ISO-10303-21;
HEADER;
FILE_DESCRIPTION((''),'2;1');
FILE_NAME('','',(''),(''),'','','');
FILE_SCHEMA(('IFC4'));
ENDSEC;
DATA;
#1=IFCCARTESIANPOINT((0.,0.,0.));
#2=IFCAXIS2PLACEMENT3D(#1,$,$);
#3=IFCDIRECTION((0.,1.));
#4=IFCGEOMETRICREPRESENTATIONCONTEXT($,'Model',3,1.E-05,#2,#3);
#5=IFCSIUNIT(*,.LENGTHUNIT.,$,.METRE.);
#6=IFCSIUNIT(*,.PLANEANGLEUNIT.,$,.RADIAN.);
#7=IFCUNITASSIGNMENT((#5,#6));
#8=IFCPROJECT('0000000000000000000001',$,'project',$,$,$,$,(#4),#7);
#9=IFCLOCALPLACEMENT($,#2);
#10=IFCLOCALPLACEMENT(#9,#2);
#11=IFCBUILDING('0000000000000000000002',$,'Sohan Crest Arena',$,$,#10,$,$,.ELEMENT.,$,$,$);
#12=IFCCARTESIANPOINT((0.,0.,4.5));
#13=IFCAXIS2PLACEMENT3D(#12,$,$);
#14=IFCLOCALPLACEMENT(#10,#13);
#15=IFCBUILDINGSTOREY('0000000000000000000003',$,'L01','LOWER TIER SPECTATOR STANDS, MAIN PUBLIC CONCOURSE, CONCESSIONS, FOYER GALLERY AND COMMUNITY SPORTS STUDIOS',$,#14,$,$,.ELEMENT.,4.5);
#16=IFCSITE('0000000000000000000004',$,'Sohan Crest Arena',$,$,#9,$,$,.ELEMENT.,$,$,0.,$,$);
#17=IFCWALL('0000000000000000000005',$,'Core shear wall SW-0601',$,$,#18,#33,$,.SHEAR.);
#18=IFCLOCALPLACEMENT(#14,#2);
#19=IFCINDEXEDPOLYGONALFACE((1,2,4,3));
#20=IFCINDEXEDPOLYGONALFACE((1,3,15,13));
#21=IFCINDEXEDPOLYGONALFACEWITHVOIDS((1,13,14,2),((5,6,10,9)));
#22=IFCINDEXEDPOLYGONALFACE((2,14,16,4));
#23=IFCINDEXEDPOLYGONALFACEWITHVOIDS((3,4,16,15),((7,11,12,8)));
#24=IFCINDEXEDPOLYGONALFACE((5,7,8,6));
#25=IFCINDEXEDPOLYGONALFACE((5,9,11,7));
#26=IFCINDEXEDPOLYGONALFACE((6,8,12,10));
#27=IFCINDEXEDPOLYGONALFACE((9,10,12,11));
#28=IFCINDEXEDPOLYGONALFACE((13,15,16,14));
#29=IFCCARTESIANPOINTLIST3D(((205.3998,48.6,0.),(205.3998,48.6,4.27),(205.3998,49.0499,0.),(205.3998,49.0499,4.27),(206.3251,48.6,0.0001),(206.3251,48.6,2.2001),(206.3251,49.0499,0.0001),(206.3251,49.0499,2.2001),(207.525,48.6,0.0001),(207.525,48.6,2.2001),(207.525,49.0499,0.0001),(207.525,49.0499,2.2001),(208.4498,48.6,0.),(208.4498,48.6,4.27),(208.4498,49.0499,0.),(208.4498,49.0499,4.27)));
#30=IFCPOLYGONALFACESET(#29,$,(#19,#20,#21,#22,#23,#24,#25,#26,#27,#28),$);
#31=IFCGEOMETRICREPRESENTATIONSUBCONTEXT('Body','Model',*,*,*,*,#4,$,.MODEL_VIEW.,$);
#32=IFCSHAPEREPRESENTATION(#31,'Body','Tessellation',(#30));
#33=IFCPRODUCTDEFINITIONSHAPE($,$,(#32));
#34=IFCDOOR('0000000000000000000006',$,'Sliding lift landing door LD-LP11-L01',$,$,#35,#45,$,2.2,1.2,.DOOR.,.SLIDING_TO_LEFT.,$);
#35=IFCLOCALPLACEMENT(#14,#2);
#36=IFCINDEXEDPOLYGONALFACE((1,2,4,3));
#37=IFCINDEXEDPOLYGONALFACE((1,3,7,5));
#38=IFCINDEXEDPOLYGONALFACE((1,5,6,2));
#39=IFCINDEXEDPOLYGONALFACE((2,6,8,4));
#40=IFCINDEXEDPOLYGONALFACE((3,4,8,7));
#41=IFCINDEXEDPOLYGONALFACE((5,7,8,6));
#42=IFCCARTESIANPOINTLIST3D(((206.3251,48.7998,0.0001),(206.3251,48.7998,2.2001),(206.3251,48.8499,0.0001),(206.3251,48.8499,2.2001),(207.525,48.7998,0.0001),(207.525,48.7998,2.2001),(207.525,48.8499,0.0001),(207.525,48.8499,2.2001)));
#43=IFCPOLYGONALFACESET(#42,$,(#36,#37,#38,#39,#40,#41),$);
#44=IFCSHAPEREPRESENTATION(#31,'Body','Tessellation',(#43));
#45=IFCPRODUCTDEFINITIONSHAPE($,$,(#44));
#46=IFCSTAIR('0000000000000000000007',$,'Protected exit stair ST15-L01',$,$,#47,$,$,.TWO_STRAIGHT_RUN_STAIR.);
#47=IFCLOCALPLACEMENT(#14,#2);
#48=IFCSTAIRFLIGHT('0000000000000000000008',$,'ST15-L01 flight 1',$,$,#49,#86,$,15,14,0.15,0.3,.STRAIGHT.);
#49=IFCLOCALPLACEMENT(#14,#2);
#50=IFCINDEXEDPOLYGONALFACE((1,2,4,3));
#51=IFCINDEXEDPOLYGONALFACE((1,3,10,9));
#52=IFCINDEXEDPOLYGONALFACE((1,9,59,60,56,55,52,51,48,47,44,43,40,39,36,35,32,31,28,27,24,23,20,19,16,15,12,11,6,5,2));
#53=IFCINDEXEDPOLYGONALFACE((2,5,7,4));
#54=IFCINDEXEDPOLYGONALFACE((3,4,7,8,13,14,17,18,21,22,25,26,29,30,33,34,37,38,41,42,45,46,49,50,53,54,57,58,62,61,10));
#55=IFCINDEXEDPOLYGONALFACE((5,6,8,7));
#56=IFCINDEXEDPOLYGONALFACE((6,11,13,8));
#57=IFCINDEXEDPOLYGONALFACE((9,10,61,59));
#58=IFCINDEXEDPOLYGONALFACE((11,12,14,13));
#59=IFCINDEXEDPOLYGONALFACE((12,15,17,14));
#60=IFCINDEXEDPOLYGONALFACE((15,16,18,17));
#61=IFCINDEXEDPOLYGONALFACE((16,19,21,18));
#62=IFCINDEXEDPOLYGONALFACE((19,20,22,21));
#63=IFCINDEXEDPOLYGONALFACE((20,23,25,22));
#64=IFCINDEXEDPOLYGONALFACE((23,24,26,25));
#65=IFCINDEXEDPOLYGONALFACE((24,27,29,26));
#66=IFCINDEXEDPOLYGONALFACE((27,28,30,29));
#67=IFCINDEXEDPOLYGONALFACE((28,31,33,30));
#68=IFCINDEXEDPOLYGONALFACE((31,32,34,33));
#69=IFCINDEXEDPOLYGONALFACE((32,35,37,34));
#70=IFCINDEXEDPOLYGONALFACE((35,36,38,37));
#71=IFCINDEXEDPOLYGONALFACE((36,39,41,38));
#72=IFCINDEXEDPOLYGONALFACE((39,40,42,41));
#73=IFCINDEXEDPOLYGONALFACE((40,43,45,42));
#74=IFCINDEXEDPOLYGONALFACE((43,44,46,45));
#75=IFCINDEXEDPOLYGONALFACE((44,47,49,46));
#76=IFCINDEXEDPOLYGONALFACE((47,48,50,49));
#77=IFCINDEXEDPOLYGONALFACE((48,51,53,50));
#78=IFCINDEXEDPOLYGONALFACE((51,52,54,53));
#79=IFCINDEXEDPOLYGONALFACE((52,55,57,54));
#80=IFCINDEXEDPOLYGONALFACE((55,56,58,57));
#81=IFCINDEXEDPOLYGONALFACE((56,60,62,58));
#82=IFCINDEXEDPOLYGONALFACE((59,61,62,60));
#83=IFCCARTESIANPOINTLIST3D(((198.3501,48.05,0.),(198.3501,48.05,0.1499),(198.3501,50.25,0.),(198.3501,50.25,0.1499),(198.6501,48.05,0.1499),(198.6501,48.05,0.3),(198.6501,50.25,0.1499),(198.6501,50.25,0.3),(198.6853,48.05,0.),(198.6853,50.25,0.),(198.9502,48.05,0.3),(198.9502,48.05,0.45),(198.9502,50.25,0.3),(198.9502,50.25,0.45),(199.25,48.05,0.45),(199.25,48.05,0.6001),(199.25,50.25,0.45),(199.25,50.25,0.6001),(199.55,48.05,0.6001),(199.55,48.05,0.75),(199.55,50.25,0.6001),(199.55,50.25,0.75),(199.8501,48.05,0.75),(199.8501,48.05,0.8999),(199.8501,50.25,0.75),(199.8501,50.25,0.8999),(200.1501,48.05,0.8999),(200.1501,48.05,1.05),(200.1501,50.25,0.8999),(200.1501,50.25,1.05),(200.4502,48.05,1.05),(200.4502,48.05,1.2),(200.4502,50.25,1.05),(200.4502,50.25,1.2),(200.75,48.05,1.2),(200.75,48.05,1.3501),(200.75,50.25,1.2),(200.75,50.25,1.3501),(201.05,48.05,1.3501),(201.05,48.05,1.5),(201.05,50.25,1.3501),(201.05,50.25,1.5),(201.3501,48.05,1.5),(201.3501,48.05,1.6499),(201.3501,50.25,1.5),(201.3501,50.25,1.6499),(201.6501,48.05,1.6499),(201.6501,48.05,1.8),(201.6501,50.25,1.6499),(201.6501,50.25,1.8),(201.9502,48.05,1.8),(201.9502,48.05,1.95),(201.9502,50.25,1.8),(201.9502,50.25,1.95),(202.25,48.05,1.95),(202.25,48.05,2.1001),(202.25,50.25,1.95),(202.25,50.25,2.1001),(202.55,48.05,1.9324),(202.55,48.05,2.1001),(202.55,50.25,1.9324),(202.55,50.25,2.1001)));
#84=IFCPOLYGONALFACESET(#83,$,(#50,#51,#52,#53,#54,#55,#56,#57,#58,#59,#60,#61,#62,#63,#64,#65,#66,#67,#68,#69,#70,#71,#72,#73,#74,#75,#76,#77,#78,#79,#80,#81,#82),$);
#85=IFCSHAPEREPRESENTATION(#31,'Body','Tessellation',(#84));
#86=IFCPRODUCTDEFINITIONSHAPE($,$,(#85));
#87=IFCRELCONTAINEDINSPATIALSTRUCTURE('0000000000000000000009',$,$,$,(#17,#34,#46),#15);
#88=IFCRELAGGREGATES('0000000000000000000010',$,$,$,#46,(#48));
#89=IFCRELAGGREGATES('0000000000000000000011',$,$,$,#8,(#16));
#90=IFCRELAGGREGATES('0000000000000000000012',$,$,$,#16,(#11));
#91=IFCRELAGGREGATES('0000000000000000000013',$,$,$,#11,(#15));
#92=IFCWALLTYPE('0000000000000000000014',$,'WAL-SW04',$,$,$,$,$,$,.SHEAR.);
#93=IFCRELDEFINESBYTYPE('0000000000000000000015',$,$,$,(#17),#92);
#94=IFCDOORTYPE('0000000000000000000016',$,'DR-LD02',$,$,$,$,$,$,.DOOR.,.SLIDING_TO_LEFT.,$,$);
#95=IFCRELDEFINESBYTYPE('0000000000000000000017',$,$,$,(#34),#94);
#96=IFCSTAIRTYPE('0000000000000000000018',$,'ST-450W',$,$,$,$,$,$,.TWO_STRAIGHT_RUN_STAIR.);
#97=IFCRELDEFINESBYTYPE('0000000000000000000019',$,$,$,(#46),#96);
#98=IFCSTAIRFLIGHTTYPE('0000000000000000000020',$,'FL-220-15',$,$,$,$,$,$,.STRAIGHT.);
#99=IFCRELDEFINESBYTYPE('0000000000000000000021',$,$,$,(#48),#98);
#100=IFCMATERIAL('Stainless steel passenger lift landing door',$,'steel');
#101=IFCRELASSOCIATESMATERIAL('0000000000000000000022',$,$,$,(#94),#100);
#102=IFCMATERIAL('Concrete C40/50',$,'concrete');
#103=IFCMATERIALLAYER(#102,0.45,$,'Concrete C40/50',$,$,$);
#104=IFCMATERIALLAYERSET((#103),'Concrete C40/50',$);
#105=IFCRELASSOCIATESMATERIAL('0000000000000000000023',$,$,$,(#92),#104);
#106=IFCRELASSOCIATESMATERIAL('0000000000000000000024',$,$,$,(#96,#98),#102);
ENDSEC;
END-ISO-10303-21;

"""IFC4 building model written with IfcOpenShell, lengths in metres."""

from ifc_helpers import new_model, si_unit, direction, frame, frame_2d, origin, place, context, subcontext, project, spatial, polyline, rectangle, outline, extrude, material, layer, layer_set, type_object, element, fill, aggregate, save


model = new_model("IFC4")

# Units and contexts
model_context = context("Model", 3, precision=1e-05, world=origin(), true_north=direction((0.0, 1.0)))
body_context = subcontext(model_context, "Body", "Model", "MODEL_VIEW")
ifc_project = project(units=[si_unit("LENGTHUNIT", "METRE"), si_unit("PLANEANGLEUNIT", "RADIAN")], contexts=[model_context])

# Site, building, storey
site_placement = place(None, origin())
site = spatial("IfcSite", under=ifc_project, at=site_placement, Name="Sohan Crest Arena", CompositionType="ELEMENT", RefElevation=0.0)
building_placement = place(site_placement, origin())
building = spatial("IfcBuilding", under=site, at=building_placement, Name="Sohan Crest Arena", CompositionType="ELEMENT")
storey_placement = place(building_placement, frame((0.0, 0.0, 4.5)))
storey = spatial("IfcBuildingStorey", under=building, at=storey_placement, Name="L01", Description="LOWER TIER SPECTATOR STANDS, MAIN PUBLIC CONCOURSE, CONCESSIONS, FOYER GALLERY AND COMMUNITY SPORTS STUDIOS", CompositionType="ELEMENT", Elevation=4.5)

# Shared definitions
ifc_material_1 = material(Name="Concrete C40/50", Category="concrete")

# Shared definitions
ifc_material_2 = material(Name="Stainless steel passenger lift landing door", Category="steel")
door_type = type_object("IfcDoorType", Name="DR-LD02", OperationType="SLIDING_TO_LEFT", PredefinedType="DOOR", material=ifc_material_2)

# Shared definitions
ifc_layer_1 = layer(ifc_material_1, 0.45, Name="Concrete C40/50")
ifc_layer_set_1 = layer_set([ifc_layer_1], Name="Concrete C40/50")
wall_type_1 = type_object("IfcWallType", Name="WAL-SW04", PredefinedType="SHEAR", material=ifc_layer_set_1)

# Wall, opening, door
wall_1_placement = place(storey_placement, frame((205.3999, 48.825, 0.0), z_axis=(0.0, 0.0, 1.0), x_axis=(1.0, 0.0, 0.0)))
wall_1 = element("IfcWall", 1, at=wall_1_placement, inside=storey, type_object=wall_type_1, Name="Core shear wall SW-0601", PredefinedType="SHEAR", context=body_context, shape_type="SweptSolid", body=[
    extrude(rectangle(XDim=3.05, YDim=0.45, at=frame_2d((1.5249, 0.0))), origin(), (0.0, 0.0, 1.0), 4.27),
])
opening_1_placement = place(wall_1_placement, frame((0.925, 0.0, 0.0)))
opening_1 = element("IfcOpeningElement", 2, at=opening_1_placement, cuts=wall_1, PredefinedType="OPENING", context=body_context, shape_type="SweptSolid", body=[
    extrude(rectangle(XDim=1.2, YDim=2.2, at=frame_2d((0.6001, 1.1001))), frame((0.0, 0.2349, 0.0), z_axis=(0.0, -1.0, 0.0), x_axis=(1.0, 0.0, 0.0)), (0.0, 0.0, 1.0), 0.47),
])
door_1_placement = place(opening_1_placement, origin())
door_1 = element("IfcDoor", 3, at=door_1_placement, inside=storey, type_object=door_type, Name="Sliding lift landing door LD-LP11-L01", OperationType="SLIDING_TO_LEFT", OverallHeight=2.2, OverallWidth=1.2, PredefinedType="DOOR", context=body_context, shape_type="SweptSolid", body=[
    extrude(rectangle(XDim=1.2, YDim=2.2, at=frame_2d((0.6001, 1.1001))), frame((0.0, 0.0249, 0.0), z_axis=(0.0, -1.0, 0.0), x_axis=(1.0, 0.0, 0.0)), (0.0, 0.0, 1.0), 0.05),
])
fill(opening_1, door_1)

# Stair, stair flight
stair_type = type_object("IfcStairType", Name="ST-450W", PredefinedType="TWO_STRAIGHT_RUN_STAIR", material=ifc_material_1)
stair_placement = place(storey_placement, origin())
stair = element("IfcStair", 4, at=stair_placement, inside=storey, type_object=stair_type, Name="Protected exit stair ST15-L01", PredefinedType="TWO_STRAIGHT_RUN_STAIR")
stair_flight_type = type_object("IfcStairFlightType", Name="FL-220-15", PredefinedType="STRAIGHT", material=ifc_material_1)
stair_flight_placement = place(storey_placement, frame((198.3501, 49.1499, 0.0), z_axis=(0.0, 0.0, 1.0), x_axis=(1.0, 0.0, 0.0)))
stair_flight = element("IfcStairFlight", 5, at=stair_flight_placement, type_object=stair_flight_type, Name="ST15-L01 flight 1", NumberOfRisers=15, NumberOfTreads=14, PredefinedType="STRAIGHT", RiserHeight=0.15, TreadLength=0.3, context=body_context, shape_type="SweptSolid", body=[
    extrude(outline(polyline([(0.0, 0.0), (0.0, 0.1499), (0.3, 0.1499), (0.3, 0.3), (0.6001, 0.3), (0.6001, 0.45), (0.8999, 0.45), (0.8999, 0.6001), (1.2, 0.6001), (1.2, 0.75), (1.5, 0.75), (1.5, 0.8999), (1.8, 0.8999), (1.8, 1.05), (2.1001, 1.05), (2.1001, 1.2), (2.3999, 1.2), (2.3999, 1.3501), (2.7, 1.3501), (2.7, 1.5), (3.0, 1.5), (3.0, 1.6499), (3.3, 1.6499), (3.3, 1.8), (3.6001, 1.8), (3.6001, 1.95), (3.8999, 1.95), (3.8999, 2.1001), (4.2, 2.1001), (4.2, 2.25), (4.2, 1.9324), (0.3352, 0.0), (0.0, 0.0)])), frame((0.0, 1.1001, 0.0), z_axis=(0.0, -1.0, 0.0), x_axis=(1.0, 0.0, 0.0)), (0.0, 0.0, 1.0), 2.2),
])
aggregate(stair, [stair_flight])

save(model, "model.ifc")
